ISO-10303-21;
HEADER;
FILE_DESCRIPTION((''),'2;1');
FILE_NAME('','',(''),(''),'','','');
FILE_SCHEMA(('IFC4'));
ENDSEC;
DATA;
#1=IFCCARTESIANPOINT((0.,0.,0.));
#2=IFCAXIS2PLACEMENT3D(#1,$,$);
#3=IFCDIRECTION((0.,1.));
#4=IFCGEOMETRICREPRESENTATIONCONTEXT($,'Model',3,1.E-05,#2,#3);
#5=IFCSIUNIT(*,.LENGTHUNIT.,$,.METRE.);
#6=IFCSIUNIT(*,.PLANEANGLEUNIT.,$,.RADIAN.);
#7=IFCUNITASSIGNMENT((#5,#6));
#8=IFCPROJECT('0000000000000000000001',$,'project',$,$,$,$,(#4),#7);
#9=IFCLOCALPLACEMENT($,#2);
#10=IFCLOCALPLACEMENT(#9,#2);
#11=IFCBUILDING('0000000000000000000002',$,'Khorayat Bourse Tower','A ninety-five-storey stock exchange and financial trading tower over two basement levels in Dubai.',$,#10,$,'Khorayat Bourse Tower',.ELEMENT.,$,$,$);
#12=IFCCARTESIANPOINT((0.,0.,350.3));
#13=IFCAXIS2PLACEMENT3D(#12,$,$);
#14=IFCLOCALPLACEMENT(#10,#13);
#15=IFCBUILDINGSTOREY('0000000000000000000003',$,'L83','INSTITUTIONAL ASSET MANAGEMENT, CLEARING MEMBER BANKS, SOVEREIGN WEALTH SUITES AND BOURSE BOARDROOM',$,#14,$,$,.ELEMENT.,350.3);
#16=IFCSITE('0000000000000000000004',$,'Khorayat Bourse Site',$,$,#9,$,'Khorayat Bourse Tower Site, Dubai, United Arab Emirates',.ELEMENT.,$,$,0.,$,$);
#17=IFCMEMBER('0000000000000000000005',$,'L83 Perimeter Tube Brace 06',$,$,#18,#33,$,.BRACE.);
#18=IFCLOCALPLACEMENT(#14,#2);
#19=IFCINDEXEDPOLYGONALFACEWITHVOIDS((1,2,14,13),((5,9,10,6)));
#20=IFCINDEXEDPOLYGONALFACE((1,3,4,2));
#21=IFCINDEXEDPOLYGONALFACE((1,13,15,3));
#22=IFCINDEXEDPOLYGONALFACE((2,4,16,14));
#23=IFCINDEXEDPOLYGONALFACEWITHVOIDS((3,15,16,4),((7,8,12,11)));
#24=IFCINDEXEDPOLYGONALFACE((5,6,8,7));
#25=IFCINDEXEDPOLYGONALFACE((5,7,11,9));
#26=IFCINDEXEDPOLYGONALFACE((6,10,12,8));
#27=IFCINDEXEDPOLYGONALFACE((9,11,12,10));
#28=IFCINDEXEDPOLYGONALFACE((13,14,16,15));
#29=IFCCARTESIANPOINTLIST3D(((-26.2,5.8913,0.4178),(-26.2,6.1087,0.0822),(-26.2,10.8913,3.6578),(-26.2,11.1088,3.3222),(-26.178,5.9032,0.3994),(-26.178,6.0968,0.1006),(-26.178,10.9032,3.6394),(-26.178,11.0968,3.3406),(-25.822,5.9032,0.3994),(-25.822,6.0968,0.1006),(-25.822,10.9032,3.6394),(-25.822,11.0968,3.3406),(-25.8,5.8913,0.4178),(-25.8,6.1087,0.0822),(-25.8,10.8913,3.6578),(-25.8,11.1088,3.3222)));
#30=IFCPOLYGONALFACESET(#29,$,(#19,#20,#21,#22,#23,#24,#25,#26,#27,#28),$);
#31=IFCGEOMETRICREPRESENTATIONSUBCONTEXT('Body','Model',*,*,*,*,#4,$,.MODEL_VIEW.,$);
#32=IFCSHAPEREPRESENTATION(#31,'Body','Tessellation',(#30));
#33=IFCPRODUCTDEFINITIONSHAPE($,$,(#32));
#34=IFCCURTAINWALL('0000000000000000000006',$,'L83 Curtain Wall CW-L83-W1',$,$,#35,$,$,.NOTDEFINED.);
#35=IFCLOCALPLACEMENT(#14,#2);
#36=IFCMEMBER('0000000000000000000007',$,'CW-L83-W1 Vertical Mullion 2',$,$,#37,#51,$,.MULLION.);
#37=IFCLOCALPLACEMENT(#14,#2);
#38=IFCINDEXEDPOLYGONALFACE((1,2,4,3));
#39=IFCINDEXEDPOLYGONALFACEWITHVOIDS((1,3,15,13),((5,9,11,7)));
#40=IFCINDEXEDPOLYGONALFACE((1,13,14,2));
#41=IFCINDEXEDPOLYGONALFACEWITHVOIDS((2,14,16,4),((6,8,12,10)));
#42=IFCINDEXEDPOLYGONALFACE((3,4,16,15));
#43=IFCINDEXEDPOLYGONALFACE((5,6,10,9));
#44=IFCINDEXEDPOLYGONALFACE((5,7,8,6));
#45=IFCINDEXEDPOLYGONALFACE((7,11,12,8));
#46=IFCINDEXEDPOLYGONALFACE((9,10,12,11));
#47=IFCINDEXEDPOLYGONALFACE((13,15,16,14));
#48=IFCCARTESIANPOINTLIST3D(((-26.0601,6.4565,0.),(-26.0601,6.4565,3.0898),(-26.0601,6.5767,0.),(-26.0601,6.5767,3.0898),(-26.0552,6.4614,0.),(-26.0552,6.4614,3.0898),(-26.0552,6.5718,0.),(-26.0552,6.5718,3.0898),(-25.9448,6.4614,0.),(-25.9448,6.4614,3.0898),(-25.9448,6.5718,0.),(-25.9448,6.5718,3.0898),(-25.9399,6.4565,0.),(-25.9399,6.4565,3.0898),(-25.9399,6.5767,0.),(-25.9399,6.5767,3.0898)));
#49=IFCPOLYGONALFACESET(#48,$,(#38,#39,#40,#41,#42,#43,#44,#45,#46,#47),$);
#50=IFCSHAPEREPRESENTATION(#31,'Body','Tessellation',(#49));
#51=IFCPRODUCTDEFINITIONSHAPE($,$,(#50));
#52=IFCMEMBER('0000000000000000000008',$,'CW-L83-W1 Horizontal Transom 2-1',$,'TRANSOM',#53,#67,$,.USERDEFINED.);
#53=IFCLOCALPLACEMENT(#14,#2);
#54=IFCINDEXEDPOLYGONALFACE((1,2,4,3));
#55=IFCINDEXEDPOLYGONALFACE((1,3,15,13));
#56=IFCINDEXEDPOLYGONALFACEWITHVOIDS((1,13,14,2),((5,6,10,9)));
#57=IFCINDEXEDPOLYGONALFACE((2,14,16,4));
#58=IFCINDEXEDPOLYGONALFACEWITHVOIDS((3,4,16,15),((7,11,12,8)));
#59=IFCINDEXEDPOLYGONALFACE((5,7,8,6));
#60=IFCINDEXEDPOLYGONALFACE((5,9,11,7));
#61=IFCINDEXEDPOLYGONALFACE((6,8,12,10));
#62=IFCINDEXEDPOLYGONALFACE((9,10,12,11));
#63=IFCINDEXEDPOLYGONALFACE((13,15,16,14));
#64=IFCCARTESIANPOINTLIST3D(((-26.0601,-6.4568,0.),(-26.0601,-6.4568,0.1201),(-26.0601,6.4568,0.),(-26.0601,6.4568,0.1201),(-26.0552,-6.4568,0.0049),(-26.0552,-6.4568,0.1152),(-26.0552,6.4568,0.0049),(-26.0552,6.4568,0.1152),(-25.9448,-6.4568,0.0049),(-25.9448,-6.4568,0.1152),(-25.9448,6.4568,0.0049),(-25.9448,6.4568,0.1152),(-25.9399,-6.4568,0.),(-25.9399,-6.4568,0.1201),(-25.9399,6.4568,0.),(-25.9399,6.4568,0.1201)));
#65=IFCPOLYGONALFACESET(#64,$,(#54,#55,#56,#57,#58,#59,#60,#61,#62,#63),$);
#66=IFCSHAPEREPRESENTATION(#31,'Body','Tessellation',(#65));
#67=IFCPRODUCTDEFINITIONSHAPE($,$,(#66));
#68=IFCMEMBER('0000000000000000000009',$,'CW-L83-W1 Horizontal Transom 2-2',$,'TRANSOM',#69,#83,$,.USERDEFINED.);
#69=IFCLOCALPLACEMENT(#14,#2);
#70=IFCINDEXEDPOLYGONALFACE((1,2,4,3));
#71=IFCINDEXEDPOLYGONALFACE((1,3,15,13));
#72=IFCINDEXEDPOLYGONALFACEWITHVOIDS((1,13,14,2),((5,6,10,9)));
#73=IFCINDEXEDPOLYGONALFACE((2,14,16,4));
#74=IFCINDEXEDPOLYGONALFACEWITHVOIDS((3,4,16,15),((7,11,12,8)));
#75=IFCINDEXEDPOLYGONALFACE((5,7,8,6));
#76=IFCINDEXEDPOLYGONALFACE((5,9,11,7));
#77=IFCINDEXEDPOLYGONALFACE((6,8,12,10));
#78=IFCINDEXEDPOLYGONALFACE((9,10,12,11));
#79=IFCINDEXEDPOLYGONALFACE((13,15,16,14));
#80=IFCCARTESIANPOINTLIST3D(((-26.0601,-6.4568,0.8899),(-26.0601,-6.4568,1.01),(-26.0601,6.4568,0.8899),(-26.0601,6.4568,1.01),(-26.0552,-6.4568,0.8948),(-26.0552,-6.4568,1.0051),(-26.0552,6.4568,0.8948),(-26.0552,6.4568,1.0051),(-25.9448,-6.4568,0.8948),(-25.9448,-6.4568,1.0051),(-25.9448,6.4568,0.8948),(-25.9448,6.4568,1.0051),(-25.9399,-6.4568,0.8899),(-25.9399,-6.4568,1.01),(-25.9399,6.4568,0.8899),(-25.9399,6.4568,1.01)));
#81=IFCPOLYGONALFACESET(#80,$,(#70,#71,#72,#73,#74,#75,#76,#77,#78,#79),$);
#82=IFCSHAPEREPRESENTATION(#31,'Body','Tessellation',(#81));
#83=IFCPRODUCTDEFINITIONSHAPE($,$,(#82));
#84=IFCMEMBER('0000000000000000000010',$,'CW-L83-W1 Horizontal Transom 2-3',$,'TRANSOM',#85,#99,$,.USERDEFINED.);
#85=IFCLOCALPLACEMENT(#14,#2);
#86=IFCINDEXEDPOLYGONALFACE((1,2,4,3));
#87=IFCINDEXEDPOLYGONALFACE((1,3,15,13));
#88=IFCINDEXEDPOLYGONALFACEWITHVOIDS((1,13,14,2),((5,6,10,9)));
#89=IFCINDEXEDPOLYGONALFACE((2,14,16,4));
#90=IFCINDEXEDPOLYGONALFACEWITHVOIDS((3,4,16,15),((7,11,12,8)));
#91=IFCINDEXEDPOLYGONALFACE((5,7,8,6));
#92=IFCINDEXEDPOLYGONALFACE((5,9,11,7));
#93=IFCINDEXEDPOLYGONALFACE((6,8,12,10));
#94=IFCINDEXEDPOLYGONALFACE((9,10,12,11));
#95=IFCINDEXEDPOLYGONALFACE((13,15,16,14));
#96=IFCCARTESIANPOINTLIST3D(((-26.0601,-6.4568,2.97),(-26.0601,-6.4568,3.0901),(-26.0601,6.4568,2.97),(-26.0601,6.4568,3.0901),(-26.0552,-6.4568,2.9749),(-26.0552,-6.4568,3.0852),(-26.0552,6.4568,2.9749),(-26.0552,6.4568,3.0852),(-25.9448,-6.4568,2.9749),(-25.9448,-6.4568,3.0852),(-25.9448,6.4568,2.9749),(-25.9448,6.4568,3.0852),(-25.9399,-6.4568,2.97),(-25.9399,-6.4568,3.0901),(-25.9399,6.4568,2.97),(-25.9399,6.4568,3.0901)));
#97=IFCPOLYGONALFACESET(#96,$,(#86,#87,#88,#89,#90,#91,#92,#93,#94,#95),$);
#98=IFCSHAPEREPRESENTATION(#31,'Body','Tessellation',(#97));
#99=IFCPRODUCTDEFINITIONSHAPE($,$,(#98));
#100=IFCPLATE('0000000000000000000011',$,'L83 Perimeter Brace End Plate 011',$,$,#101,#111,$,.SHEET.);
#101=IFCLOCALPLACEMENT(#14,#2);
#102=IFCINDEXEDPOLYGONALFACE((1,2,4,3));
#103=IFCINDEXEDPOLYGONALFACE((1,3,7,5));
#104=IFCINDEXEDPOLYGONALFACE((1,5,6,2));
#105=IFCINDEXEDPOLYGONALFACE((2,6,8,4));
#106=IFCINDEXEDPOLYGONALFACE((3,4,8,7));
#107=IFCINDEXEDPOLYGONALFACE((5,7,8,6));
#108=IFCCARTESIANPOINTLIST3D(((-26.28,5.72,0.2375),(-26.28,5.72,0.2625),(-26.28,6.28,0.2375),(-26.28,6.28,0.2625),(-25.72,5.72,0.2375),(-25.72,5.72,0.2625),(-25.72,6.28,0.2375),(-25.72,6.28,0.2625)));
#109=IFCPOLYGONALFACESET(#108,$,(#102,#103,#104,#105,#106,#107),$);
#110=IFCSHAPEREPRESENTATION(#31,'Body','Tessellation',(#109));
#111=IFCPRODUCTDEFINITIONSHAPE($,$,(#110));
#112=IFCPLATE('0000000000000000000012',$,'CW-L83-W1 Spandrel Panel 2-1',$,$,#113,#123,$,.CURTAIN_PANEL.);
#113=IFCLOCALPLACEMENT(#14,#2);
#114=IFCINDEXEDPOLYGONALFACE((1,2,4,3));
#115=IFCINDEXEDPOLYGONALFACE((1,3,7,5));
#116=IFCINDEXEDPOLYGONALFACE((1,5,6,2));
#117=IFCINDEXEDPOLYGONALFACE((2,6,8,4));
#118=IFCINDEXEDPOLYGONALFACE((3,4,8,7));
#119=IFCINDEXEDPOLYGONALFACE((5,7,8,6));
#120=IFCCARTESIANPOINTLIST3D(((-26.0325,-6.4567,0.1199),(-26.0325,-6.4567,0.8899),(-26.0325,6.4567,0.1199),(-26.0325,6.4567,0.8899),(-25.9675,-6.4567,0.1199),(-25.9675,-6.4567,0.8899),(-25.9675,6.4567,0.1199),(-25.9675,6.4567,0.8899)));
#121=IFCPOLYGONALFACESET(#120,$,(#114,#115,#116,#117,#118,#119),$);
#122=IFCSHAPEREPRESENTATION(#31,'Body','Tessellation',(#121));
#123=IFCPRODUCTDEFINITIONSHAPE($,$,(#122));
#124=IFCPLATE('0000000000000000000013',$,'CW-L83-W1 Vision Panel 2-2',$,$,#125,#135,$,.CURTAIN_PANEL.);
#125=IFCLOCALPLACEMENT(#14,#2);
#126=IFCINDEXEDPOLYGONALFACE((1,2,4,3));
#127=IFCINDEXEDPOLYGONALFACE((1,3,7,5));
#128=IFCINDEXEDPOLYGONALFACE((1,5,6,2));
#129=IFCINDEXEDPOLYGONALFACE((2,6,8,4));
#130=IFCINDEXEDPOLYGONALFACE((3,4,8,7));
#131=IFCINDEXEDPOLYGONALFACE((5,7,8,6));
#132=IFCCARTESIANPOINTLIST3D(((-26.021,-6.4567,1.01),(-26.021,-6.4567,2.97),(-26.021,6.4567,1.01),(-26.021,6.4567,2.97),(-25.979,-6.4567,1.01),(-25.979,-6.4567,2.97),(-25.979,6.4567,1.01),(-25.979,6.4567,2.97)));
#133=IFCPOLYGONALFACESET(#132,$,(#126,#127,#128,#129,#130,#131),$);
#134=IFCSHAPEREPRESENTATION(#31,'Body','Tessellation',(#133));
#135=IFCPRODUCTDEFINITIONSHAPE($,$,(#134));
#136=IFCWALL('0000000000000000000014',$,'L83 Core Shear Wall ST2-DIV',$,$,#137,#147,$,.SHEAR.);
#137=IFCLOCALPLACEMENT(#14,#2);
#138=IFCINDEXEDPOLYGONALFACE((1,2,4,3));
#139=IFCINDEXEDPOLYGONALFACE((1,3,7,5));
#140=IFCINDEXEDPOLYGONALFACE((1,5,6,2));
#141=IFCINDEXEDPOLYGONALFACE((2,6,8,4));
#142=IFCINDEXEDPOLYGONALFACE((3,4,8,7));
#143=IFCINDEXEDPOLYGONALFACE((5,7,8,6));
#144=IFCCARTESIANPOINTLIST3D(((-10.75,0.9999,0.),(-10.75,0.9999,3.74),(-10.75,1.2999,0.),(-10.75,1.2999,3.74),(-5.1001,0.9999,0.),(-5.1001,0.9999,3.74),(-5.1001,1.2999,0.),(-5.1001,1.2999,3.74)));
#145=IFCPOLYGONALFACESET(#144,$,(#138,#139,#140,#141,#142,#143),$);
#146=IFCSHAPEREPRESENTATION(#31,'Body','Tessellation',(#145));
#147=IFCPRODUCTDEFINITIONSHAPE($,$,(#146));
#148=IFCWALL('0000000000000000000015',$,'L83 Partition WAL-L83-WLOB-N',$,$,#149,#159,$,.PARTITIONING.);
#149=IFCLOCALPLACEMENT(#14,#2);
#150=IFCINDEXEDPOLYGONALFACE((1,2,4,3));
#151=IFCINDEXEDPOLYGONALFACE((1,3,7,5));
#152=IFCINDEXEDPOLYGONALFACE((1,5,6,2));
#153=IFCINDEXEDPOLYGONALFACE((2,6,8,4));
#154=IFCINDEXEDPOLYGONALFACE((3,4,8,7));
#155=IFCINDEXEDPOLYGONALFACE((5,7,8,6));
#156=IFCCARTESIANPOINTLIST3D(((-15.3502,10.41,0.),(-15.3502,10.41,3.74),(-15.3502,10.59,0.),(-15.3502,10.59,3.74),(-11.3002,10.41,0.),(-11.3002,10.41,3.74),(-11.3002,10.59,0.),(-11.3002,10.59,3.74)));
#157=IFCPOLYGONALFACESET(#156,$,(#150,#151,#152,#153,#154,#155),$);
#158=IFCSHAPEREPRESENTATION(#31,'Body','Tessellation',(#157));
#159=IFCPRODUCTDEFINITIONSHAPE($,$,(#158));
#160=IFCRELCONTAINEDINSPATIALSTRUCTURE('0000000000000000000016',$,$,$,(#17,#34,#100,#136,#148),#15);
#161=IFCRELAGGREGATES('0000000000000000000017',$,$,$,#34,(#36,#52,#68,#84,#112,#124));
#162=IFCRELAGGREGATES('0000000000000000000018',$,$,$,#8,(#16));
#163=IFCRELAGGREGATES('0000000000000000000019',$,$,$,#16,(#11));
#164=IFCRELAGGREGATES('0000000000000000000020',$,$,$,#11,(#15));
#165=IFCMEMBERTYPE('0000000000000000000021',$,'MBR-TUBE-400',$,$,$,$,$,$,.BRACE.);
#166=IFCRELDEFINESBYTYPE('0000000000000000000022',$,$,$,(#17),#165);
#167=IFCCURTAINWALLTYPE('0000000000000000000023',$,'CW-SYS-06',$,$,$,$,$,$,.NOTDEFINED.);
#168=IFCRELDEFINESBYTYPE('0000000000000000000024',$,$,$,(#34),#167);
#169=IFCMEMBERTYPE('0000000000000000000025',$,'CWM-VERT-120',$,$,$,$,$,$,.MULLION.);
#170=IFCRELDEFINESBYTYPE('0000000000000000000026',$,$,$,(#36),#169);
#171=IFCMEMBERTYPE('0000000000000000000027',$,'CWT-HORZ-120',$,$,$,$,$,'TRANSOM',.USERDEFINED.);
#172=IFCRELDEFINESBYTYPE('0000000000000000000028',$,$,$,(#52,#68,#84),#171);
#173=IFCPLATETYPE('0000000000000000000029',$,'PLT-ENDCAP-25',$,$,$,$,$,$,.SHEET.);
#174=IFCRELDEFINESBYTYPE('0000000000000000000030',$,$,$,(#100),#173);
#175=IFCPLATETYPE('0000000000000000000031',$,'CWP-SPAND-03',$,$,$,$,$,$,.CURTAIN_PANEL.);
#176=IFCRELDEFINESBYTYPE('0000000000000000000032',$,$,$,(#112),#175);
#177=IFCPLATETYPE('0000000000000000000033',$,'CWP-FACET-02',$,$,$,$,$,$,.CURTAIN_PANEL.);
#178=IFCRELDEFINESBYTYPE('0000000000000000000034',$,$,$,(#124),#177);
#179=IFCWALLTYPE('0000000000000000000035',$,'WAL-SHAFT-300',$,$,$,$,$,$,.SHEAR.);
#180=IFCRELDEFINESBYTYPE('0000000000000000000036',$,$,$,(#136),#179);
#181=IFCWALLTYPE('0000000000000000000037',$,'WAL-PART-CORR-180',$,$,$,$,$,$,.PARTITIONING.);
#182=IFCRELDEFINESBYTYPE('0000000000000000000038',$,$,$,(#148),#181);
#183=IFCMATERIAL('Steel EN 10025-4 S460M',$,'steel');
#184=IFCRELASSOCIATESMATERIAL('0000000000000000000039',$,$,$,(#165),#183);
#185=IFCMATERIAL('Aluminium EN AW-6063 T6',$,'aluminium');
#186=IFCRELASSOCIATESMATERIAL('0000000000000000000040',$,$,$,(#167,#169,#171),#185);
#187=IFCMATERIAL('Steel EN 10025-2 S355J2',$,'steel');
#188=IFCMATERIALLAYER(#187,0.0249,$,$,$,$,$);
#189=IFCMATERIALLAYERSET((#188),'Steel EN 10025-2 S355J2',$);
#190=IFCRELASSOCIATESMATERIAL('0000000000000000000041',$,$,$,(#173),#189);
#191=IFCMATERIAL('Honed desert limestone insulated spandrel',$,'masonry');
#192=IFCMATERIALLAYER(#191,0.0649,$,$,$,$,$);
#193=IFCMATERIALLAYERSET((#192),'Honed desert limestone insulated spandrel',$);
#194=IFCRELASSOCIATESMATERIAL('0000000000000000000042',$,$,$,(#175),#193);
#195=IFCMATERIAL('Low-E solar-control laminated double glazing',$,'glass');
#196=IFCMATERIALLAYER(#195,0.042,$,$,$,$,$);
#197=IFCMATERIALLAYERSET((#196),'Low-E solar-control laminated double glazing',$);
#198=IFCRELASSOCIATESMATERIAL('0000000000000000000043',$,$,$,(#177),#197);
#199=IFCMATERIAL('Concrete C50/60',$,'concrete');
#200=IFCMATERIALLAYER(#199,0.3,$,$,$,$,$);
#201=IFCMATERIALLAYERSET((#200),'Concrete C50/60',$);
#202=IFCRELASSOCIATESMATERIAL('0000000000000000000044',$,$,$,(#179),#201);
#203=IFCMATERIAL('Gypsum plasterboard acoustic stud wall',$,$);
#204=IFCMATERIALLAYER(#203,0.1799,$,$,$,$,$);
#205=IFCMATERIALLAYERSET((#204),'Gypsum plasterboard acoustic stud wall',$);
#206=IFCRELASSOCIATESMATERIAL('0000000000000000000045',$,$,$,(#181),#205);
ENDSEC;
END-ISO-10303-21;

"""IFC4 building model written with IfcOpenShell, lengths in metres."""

from ifc_helpers import new_model, si_unit, direction, frame, frame_2d, origin, origin_2d, place, context, subcontext, project, spatial, rectangle, hollow_rectangle, extrude, source, transform, mapped, material, layer, layer_set, material_profile, profile_set, type_object, element, aggregate, save


model = new_model("IFC4")

# Units and contexts
model_context = context("Model", 3, precision=1e-05, world=origin(), true_north=direction((0.0, 1.0)))
body_context = subcontext(model_context, "Body", "Model", "MODEL_VIEW")
ifc_project = project(units=[si_unit("LENGTHUNIT", "METRE"), si_unit("PLANEANGLEUNIT", "RADIAN")], contexts=[model_context])

# Site, building, storey
site_placement = place(None, origin())
site = spatial("IfcSite", under=ifc_project, at=site_placement, Name="Khorayat Bourse Site", LongName="Khorayat Bourse Tower Site, Dubai, United Arab Emirates", CompositionType="ELEMENT", RefElevation=0.0)
building_placement = place(site_placement, origin())
building = spatial("IfcBuilding", under=site, at=building_placement, Name="Khorayat Bourse Tower", Description="A ninety-five-storey stock exchange and financial trading tower over two basement levels in Dubai.", LongName="Khorayat Bourse Tower", CompositionType="ELEMENT")
storey_placement = place(building_placement, frame((0.0, 0.0, 350.3)))
storey = spatial("IfcBuildingStorey", under=building, at=storey_placement, Name="L83", Description="INSTITUTIONAL ASSET MANAGEMENT, CLEARING MEMBER BANKS, SOVEREIGN WEALTH SUITES AND BOURSE BOARDROOM", CompositionType="ELEMENT", Elevation=350.3)

# Shared definitions
ifc_material_1 = material(Name="Steel EN 10025-2 S355J2", Category="steel")

# Member
ifc_material_2 = material(Name="Steel EN 10025-4 S460M", Category="steel")
ifc_material_profile_1 = material_profile(ifc_material_2, hollow_rectangle(XDim=0.3999, YDim=0.3999, WallThickness=0.022, at=origin_2d()), Name="HSS 400x400x22")
ifc_profile_set_1 = profile_set([ifc_material_profile_1], Name="Steel EN 10025-4 S460M")
member_type_1 = type_object("IfcMemberType", Name="MBR-TUBE-400", PredefinedType="BRACE", material=ifc_profile_set_1)
shared_shape_1 = source(origin(), body_context, "Body", "SweptSolid", [
    extrude(hollow_rectangle(XDim=0.3999, YDim=0.3999, WallThickness=0.022, at=origin_2d()), origin(), (0.0, 0.0, 1.0), 5.958),
])
member_1_placement = place(storey_placement, frame((-26.0, 6.0, 0.25), z_axis=(0.0, 0.83921, 0.543807), x_axis=(-1.0, 0.0, 0.0)))
element("IfcMember", 1, at=member_1_placement, inside=storey, type_object=member_type_1, Name="L83 Perimeter Tube Brace 06", PredefinedType="BRACE", context=body_context, shape_type="MappedRepresentation", body=[
    mapped(shared_shape_1, transform((0.0, 0.0, 0.0), scale=1.0)),
])

# Curtain wall, members
ifc_material_3 = material(Name="Aluminium EN AW-6063 T6", Category="aluminium")
curtain_wall_type = type_object("IfcCurtainWallType", Name="CW-SYS-06", PredefinedType="NOTDEFINED", material=ifc_material_3)
curtain_wall_placement = place(storey_placement, origin())
curtain_wall = element("IfcCurtainWall", 2, at=curtain_wall_placement, inside=storey, type_object=curtain_wall_type, Name="L83 Curtain Wall CW-L83-W1", PredefinedType="NOTDEFINED")
ifc_material_profile_2 = material_profile(ifc_material_3, hollow_rectangle(XDim=0.1201, YDim=0.1201, WallThickness=0.0049, at=origin_2d()), Name="ALU 120x120x5")
ifc_profile_set_2 = profile_set([ifc_material_profile_2], Name="Aluminium EN AW-6063 T6")
member_type_2 = type_object("IfcMemberType", Name="CWM-VERT-120", PredefinedType="MULLION", material=ifc_profile_set_2)
shared_shape_2 = source(origin(), body_context, "Body", "SweptSolid", [
    extrude(hollow_rectangle(XDim=0.1201, YDim=0.1201, WallThickness=0.0049, at=origin_2d()), origin(), (0.0, 0.0, 1.0), 3.0898),
])
member_2_placement = place(storey_placement, frame((-26.0, 6.5166, 0.0), z_axis=(0.0, 0.0, 1.0), x_axis=(1.0, 0.0, 0.0)))
member_2 = element("IfcMember", 3, at=member_2_placement, type_object=member_type_2, Name="CW-L83-W1 Vertical Mullion 2", PredefinedType="MULLION", context=body_context, shape_type="MappedRepresentation", body=[
    mapped(shared_shape_2, transform((0.0, 0.0, 0.0), scale=1.0)),
])
ifc_material_profile_3 = material_profile(ifc_material_3, hollow_rectangle(XDim=0.1201, YDim=0.1201, WallThickness=0.0049, at=origin_2d()), Name="ALU 120x120x5")
ifc_profile_set_3 = profile_set([ifc_material_profile_3], Name="Aluminium EN AW-6063 T6")
member_type_3 = type_object("IfcMemberType", Name="CWT-HORZ-120", ElementType="TRANSOM", PredefinedType="USERDEFINED", material=ifc_profile_set_3)
shared_shape_3 = source(origin(), body_context, "Body", "SweptSolid", [
    extrude(hollow_rectangle(XDim=0.1201, YDim=0.1201, WallThickness=0.0049, at=origin_2d()), origin(), (0.0, 0.0, 1.0), 12.9136),
])
member_3_placement = place(storey_placement, frame((-26.0, 6.4568, 0.0601), z_axis=(0.0, -1.0, 0.0), x_axis=(1.0, 0.0, 0.0)))
member_3 = element("IfcMember", 4, at=member_3_placement, type_object=member_type_3, Name="CW-L83-W1 Horizontal Transom 2-1", ObjectType="TRANSOM", PredefinedType="USERDEFINED", context=body_context, shape_type="MappedRepresentation", body=[
    mapped(shared_shape_3, transform((0.0, 0.0, 0.0), scale=1.0)),
])
member_4_placement = place(storey_placement, frame((-26.0, 6.4568, 0.95), z_axis=(0.0, -1.0, 0.0), x_axis=(1.0, 0.0, 0.0)))
member_4 = element("IfcMember", 5, at=member_4_placement, type_object=member_type_3, Name="CW-L83-W1 Horizontal Transom 2-2", ObjectType="TRANSOM", PredefinedType="USERDEFINED", context=body_context, shape_type="MappedRepresentation", body=[
    mapped(shared_shape_3, transform((0.0, 0.0, 0.0), scale=1.0)),
])
member_5_placement = place(storey_placement, frame((-26.0, 6.4568, 3.03), z_axis=(0.0, -1.0, 0.0), x_axis=(1.0, 0.0, 0.0)))
member_5 = element("IfcMember", 6, at=member_5_placement, type_object=member_type_3, Name="CW-L83-W1 Horizontal Transom 2-3", ObjectType="TRANSOM", PredefinedType="USERDEFINED", context=body_context, shape_type="MappedRepresentation", body=[
    mapped(shared_shape_3, transform((0.0, 0.0, 0.0), scale=1.0)),
])

# Plates
ifc_layer_1 = layer(ifc_material_1, 0.0249)
ifc_layer_set_1 = layer_set([ifc_layer_1], Name="Steel EN 10025-2 S355J2")
plate_type_1 = type_object("IfcPlateType", Name="PLT-ENDCAP-25", PredefinedType="SHEET", material=ifc_layer_set_1)
shared_shape_4 = source(origin(), body_context, "Body", "SweptSolid", [
    extrude(rectangle(XDim=0.5601, YDim=0.5601, at=origin_2d()), origin(), (0.0, 0.0, 1.0), 0.0249),
])
plate_1_placement = place(storey_placement, frame((-26.0, 6.0, 0.2375), z_axis=(0.0, 0.0, 1.0), x_axis=(1.0, 0.0, 0.0)))
element("IfcPlate", 7, at=plate_1_placement, inside=storey, type_object=plate_type_1, Name="L83 Perimeter Brace End Plate 011", PredefinedType="SHEET", context=body_context, shape_type="MappedRepresentation", body=[
    mapped(shared_shape_4, transform((0.0, 0.0, 0.0), scale=1.0)),
])
ifc_material_4 = material(Name="Honed desert limestone insulated spandrel", Category="masonry")
ifc_layer_2 = layer(ifc_material_4, 0.0649)
ifc_layer_set_2 = layer_set([ifc_layer_2], Name="Honed desert limestone insulated spandrel")
plate_type_2 = type_object("IfcPlateType", Name="CWP-SPAND-03", PredefinedType="CURTAIN_PANEL", material=ifc_layer_set_2)
shared_shape_5 = source(origin(), body_context, "Body", "SweptSolid", [
    extrude(rectangle(XDim=12.9133, YDim=0.0649, at=origin_2d()), origin(), (0.0, 0.0, 1.0), 0.77),
])
plate_2_placement = place(storey_placement, frame((-26.0, 0.0, 0.1199), z_axis=(0.0, 0.0, 1.0), x_axis=(0.0, -1.0, 0.0)))
plate_2 = element("IfcPlate", 8, at=plate_2_placement, type_object=plate_type_2, Name="CW-L83-W1 Spandrel Panel 2-1", PredefinedType="CURTAIN_PANEL", context=body_context, shape_type="MappedRepresentation", body=[
    mapped(shared_shape_5, transform((0.0, 0.0, 0.0), scale=1.0)),
])
ifc_material_5 = material(Name="Low-E solar-control laminated double glazing", Category="glass")
ifc_layer_3 = layer(ifc_material_5, 0.042)
ifc_layer_set_3 = layer_set([ifc_layer_3], Name="Low-E solar-control laminated double glazing")
plate_type_3 = type_object("IfcPlateType", Name="CWP-FACET-02", PredefinedType="CURTAIN_PANEL", material=ifc_layer_set_3)
shared_shape_6 = source(origin(), body_context, "Body", "SweptSolid", [
    extrude(rectangle(XDim=12.9133, YDim=0.042, at=origin_2d()), origin(), (0.0, 0.0, 1.0), 1.96),
])
plate_3_placement = place(storey_placement, frame((-26.0, 0.0, 1.01), z_axis=(0.0, 0.0, 1.0), x_axis=(0.0, -1.0, 0.0)))
plate_3 = element("IfcPlate", 9, at=plate_3_placement, type_object=plate_type_3, Name="CW-L83-W1 Vision Panel 2-2", PredefinedType="CURTAIN_PANEL", context=body_context, shape_type="MappedRepresentation", body=[
    mapped(shared_shape_6, transform((0.0, 0.0, 0.0), scale=1.0)),
])
aggregate(curtain_wall, [member_2, member_3, member_4, member_5, plate_2, plate_3])

# Walls
ifc_material_6 = material(Name="Concrete C50/60", Category="concrete")
ifc_layer_4 = layer(ifc_material_6, 0.3)
ifc_layer_set_4 = layer_set([ifc_layer_4], Name="Concrete C50/60")
wall_type_1 = type_object("IfcWallType", Name="WAL-SHAFT-300", PredefinedType="SHEAR", material=ifc_layer_set_4)
shared_shape_7 = source(origin(), body_context, "Body", "SweptSolid", [
    extrude(rectangle(XDim=5.6499, YDim=0.3, at=frame_2d((2.825, 0.0))), origin(), (0.0, 0.0, 1.0), 3.74),
])
wall_1_placement = place(storey_placement, frame((-10.75, 1.1499, 0.0), z_axis=(0.0, 0.0, 1.0), x_axis=(1.0, 0.0, 0.0)))
element("IfcWall", 10, at=wall_1_placement, inside=storey, type_object=wall_type_1, Name="L83 Core Shear Wall ST2-DIV", PredefinedType="SHEAR", context=body_context, shape_type="MappedRepresentation", body=[
    mapped(shared_shape_7, transform((0.0, 0.0, 0.0), scale=1.0)),
])
ifc_material_7 = material(Name="Gypsum plasterboard acoustic stud wall")
ifc_layer_5 = layer(ifc_material_7, 0.1799)
ifc_layer_set_5 = layer_set([ifc_layer_5], Name="Gypsum plasterboard acoustic stud wall")
wall_type_2 = type_object("IfcWallType", Name="WAL-PART-CORR-180", PredefinedType="PARTITIONING", material=ifc_layer_set_5)
shared_shape_8 = source(origin(), body_context, "Body", "SweptSolid", [
    extrude(rectangle(XDim=4.05, YDim=0.1799, at=frame_2d((2.0249, 0.0))), origin(), (0.0, 0.0, 1.0), 3.74),
])
wall_2_placement = place(storey_placement, frame((-15.3501, 10.5, 0.0), z_axis=(0.0, 0.0, 1.0), x_axis=(1.0, 0.0, 0.0)))
element("IfcWall", 11, at=wall_2_placement, inside=storey, type_object=wall_type_2, Name="L83 Partition WAL-L83-WLOB-N", PredefinedType="PARTITIONING", context=body_context, shape_type="MappedRepresentation", body=[
    mapped(shared_shape_8, transform((0.0, 0.0, 0.0), scale=1.0)),
])

save(model, "model.ifc")
